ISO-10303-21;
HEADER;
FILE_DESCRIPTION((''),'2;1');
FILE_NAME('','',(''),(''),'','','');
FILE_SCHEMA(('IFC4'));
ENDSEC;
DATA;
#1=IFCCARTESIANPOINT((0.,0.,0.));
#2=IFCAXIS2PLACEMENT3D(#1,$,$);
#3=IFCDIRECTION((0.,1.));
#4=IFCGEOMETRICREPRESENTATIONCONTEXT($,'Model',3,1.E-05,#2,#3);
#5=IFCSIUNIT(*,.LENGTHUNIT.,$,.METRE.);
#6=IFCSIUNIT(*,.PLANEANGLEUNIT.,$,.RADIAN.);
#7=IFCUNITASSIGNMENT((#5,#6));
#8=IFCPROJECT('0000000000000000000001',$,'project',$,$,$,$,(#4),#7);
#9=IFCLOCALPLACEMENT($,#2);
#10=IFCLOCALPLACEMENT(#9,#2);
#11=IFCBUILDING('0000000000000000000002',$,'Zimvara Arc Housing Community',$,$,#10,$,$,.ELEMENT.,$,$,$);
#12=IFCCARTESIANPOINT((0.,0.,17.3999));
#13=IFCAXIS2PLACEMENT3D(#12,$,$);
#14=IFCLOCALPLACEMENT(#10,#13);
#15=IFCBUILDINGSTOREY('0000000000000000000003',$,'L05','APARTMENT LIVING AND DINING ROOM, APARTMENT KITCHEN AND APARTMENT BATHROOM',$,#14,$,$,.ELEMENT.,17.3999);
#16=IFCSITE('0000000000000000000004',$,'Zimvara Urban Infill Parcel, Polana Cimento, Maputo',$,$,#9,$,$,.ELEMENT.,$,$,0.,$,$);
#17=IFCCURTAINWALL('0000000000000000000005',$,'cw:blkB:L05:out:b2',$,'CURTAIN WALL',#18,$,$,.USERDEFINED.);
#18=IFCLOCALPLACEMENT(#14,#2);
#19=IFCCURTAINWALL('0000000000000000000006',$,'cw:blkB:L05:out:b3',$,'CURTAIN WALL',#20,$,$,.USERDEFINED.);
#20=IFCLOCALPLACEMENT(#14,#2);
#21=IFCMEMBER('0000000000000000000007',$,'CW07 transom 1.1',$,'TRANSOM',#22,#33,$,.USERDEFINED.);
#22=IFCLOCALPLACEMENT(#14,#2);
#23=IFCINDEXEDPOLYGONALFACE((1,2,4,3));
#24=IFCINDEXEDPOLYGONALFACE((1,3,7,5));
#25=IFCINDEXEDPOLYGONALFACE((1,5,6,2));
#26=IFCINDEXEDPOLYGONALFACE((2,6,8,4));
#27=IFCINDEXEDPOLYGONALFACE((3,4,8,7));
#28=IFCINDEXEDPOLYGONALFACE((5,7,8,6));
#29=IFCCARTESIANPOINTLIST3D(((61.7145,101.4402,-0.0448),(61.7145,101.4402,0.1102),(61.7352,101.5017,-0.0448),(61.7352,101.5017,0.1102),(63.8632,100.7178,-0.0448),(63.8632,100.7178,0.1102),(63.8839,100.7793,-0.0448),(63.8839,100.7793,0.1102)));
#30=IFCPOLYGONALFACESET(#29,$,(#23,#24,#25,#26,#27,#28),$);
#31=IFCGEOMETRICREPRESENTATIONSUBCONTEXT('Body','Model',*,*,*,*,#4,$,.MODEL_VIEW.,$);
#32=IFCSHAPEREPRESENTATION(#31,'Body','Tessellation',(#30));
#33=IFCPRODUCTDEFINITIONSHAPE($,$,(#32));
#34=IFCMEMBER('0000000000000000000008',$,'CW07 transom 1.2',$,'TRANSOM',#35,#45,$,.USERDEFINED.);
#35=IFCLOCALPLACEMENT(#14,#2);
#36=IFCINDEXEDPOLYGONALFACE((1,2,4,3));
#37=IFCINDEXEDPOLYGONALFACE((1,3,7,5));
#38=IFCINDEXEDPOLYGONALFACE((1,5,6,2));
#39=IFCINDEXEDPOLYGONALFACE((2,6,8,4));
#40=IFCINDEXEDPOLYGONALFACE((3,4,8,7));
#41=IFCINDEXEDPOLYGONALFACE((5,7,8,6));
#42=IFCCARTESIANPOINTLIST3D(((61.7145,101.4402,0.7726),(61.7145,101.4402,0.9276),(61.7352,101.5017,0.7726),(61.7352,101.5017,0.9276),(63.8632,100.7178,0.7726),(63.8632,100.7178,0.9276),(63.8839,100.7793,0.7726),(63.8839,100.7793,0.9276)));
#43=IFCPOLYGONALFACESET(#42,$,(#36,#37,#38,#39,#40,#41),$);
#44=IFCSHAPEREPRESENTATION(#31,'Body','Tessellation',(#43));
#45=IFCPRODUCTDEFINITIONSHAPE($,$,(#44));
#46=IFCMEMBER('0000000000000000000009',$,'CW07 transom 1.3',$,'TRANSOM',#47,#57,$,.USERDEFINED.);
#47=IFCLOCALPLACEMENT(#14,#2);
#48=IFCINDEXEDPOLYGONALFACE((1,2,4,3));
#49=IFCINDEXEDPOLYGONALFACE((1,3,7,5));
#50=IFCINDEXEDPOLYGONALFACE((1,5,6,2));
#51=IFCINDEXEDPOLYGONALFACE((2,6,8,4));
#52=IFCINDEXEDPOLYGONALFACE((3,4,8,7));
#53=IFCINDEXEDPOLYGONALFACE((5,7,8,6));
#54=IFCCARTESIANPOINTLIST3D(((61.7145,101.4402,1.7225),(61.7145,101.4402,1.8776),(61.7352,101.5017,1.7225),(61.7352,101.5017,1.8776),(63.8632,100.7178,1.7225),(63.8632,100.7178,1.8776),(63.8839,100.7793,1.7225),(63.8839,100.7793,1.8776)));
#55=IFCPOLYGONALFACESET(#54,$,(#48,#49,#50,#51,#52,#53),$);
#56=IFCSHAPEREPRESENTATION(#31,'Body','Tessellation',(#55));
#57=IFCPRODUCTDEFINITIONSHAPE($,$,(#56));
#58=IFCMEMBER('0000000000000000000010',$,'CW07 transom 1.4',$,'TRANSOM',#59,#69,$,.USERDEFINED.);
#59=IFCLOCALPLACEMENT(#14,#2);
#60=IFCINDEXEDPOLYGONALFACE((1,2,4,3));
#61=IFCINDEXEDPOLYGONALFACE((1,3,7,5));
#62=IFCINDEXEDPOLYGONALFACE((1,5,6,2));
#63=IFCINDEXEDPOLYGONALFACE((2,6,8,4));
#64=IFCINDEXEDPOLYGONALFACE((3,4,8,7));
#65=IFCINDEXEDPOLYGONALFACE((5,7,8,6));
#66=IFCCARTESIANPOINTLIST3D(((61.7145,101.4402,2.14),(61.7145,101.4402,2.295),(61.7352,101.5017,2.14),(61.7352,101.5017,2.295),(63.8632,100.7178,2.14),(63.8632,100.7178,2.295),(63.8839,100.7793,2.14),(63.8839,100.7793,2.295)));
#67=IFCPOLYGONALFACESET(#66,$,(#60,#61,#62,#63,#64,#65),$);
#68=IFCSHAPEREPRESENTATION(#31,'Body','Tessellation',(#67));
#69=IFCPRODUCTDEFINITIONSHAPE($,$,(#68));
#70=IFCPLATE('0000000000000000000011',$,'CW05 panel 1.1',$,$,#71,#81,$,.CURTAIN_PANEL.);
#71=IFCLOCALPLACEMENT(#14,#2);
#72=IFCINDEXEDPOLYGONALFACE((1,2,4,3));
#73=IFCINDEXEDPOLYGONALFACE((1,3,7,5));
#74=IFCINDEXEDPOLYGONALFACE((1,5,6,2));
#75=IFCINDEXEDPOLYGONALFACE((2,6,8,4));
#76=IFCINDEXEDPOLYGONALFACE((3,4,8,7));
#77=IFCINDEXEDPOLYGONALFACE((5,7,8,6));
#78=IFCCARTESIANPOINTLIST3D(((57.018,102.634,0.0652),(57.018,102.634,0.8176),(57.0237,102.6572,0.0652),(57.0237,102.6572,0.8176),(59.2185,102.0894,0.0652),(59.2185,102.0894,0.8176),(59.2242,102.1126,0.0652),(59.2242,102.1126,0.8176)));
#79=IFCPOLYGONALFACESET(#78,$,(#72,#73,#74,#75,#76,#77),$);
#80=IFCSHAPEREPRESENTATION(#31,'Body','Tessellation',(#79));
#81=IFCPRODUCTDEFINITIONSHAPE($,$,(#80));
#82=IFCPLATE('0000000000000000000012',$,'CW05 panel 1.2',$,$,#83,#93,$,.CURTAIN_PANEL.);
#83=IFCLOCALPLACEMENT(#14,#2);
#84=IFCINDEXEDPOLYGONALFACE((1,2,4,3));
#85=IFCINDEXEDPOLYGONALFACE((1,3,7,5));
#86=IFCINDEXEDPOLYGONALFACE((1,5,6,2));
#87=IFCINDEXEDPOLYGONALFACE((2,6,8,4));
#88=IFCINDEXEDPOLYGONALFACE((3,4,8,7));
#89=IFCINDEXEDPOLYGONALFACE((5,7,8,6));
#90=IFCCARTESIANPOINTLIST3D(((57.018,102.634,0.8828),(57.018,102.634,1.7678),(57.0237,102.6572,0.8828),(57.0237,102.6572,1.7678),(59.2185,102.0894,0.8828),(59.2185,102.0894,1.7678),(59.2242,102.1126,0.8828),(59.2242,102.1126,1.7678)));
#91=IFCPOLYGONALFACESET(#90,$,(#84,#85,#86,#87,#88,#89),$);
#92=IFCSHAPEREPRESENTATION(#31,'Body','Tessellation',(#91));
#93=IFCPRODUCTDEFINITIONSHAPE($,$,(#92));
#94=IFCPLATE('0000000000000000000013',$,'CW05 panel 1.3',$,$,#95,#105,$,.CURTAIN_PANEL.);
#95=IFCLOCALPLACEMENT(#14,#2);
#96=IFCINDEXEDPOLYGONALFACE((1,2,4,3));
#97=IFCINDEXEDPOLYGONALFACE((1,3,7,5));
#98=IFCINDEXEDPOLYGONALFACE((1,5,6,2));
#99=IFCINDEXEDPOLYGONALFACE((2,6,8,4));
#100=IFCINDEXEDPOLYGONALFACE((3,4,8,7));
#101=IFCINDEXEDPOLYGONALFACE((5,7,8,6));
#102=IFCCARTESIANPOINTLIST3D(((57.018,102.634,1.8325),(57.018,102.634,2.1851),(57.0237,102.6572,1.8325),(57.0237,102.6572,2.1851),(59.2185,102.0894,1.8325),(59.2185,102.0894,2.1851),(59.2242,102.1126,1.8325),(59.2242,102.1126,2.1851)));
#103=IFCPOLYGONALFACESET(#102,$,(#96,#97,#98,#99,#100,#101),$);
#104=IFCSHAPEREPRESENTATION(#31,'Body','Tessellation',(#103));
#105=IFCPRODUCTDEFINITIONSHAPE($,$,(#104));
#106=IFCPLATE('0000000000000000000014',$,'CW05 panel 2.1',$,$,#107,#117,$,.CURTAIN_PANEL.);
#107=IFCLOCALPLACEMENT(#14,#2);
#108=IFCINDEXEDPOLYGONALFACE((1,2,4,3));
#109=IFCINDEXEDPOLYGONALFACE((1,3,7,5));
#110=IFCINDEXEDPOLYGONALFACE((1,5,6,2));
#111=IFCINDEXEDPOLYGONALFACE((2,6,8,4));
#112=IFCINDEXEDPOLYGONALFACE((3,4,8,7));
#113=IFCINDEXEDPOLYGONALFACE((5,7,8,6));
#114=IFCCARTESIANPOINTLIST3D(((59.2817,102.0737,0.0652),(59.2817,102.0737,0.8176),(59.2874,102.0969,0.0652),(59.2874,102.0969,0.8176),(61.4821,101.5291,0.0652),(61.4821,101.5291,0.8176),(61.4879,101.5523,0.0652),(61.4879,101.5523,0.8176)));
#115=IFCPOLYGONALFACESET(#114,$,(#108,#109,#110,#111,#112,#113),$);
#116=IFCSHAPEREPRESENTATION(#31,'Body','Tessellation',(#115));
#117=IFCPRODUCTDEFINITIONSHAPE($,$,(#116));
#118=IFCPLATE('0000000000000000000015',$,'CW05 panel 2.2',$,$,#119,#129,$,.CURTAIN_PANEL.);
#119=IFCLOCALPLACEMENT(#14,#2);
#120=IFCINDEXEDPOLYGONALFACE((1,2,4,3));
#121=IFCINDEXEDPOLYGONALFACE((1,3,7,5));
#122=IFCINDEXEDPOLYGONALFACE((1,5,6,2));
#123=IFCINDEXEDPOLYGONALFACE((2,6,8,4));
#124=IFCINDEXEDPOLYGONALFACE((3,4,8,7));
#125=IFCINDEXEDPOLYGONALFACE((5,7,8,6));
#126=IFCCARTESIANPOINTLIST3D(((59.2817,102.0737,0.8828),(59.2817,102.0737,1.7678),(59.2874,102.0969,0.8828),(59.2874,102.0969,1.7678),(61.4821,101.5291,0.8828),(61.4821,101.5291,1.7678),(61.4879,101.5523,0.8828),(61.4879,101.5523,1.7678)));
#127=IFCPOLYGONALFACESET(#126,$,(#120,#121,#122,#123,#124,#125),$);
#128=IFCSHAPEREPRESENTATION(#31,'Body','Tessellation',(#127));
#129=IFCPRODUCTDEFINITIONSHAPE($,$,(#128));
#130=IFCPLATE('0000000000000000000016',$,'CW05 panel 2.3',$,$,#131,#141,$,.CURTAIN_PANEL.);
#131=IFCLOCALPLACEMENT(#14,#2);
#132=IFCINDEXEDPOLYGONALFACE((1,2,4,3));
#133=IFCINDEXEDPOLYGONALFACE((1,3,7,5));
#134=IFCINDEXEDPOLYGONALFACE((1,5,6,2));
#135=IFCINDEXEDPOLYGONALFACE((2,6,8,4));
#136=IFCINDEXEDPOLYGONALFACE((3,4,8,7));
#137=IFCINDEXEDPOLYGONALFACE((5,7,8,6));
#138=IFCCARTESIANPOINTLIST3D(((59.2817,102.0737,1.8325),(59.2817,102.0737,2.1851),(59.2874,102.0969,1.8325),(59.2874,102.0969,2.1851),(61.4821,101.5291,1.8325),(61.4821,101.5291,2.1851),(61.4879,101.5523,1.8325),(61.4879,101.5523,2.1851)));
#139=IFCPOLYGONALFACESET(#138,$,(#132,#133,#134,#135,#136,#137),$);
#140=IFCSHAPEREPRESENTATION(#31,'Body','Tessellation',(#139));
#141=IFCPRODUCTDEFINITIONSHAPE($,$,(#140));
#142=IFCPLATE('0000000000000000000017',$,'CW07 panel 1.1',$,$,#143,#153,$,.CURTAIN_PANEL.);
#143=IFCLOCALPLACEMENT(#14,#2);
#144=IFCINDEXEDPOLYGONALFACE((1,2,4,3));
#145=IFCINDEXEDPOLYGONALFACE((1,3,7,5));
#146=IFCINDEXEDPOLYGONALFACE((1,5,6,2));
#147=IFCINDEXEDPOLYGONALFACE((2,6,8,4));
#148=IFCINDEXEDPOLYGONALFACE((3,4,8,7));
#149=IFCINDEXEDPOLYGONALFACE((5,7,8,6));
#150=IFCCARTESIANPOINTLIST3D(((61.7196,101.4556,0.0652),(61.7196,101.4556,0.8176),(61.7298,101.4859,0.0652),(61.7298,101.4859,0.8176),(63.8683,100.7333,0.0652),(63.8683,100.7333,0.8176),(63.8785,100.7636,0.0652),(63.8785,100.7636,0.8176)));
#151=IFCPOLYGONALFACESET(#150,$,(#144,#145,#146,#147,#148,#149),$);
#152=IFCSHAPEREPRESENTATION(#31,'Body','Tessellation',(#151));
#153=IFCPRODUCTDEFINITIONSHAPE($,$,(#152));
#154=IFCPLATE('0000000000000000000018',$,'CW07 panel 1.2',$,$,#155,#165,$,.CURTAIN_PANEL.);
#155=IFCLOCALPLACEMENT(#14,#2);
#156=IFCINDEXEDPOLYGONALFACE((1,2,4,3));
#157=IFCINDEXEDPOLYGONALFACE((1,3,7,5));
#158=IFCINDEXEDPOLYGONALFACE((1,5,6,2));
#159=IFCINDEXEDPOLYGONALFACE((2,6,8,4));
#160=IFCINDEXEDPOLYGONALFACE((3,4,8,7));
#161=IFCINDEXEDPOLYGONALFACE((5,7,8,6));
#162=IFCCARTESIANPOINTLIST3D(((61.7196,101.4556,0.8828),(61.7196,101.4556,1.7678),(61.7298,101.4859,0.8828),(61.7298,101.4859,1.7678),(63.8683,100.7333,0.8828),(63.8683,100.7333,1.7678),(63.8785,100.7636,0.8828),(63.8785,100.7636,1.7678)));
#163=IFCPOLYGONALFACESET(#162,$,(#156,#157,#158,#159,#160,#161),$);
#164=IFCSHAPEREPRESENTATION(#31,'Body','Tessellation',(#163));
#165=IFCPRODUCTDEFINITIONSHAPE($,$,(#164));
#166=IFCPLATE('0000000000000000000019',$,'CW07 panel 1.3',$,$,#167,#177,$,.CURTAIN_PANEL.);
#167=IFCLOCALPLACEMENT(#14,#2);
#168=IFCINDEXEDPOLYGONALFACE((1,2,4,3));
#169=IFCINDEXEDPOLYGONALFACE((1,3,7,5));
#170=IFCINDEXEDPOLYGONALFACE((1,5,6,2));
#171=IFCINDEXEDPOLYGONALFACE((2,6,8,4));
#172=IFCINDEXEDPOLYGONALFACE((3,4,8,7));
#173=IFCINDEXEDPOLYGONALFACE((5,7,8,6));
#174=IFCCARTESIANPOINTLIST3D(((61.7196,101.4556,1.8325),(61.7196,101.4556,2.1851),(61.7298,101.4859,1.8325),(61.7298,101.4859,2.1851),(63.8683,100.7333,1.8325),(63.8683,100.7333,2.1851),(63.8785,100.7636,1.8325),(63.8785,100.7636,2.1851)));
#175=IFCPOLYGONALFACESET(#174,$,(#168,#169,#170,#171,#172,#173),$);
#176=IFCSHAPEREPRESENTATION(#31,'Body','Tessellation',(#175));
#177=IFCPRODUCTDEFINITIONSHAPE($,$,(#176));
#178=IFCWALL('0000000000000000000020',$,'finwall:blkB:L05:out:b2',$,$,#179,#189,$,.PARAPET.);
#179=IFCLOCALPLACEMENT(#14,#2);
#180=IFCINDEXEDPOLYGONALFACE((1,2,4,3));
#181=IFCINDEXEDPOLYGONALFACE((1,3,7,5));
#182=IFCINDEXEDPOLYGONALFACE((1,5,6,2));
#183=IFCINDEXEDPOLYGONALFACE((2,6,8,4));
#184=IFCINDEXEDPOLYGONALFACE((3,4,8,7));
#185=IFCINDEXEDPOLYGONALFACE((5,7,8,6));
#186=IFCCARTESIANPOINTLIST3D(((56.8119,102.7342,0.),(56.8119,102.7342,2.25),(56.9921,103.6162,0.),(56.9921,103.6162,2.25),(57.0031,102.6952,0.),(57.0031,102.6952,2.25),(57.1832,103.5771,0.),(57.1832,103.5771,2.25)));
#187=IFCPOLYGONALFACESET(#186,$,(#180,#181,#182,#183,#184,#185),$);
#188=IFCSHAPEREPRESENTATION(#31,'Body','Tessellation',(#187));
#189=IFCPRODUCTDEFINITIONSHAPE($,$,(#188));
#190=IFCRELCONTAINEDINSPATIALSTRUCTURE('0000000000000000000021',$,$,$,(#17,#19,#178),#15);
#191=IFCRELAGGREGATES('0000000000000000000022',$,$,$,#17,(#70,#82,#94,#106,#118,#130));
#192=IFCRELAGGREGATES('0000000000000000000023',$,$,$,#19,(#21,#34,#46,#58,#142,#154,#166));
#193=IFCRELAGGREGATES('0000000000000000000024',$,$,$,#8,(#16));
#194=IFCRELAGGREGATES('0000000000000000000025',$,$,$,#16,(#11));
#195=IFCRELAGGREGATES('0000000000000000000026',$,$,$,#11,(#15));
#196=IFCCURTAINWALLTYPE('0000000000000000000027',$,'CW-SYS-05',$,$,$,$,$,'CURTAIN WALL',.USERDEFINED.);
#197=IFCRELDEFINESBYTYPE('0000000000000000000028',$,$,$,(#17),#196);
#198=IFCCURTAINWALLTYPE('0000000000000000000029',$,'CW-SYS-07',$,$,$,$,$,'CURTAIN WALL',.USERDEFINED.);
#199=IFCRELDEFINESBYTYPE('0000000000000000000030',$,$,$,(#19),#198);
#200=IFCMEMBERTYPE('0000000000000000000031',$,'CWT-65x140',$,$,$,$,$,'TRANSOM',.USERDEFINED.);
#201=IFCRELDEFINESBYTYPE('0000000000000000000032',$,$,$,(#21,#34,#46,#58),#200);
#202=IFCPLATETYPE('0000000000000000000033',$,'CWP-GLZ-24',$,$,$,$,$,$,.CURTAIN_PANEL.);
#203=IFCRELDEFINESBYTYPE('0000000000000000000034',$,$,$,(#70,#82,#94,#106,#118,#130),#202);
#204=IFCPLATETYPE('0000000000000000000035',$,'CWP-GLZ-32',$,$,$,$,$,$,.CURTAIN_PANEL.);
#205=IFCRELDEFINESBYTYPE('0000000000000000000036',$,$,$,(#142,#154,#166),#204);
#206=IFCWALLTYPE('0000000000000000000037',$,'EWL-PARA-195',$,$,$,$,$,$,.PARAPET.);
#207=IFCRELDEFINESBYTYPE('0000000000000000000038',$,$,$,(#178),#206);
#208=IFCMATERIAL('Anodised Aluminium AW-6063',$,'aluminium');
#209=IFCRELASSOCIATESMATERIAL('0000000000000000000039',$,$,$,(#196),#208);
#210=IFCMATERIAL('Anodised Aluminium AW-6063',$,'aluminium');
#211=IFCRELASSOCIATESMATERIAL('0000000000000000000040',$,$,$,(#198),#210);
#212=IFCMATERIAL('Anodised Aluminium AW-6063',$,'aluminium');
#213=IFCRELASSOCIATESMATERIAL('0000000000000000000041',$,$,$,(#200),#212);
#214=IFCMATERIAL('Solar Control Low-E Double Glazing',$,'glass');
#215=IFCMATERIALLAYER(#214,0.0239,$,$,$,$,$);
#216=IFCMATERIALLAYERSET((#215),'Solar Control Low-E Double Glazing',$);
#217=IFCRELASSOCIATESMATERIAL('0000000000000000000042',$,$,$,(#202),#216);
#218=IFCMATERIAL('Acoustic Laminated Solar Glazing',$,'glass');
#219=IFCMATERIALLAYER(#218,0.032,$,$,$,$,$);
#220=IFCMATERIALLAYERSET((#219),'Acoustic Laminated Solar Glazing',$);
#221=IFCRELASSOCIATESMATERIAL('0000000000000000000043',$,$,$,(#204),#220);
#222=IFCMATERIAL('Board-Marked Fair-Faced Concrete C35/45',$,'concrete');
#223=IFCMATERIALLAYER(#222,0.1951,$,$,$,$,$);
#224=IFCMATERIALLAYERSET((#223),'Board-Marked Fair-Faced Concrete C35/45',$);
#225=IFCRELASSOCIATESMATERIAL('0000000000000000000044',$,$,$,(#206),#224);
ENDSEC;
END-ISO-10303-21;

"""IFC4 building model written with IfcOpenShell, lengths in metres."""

from ifc_helpers import new_model, si_unit, direction, frame, frame_2d, origin, origin_2d, place, context, subcontext, project, spatial, rectangle, extrude, material, layer, layer_set, material_profile, profile_set, type_object, element, aggregate, save


model = new_model("IFC4")

# Units and contexts
model_context = context("Model", 3, precision=1e-05, world=origin(), true_north=direction((0.0, 1.0)))
body_context = subcontext(model_context, "Body", "Model", "MODEL_VIEW")
ifc_project = project(units=[si_unit("LENGTHUNIT", "METRE"), si_unit("PLANEANGLEUNIT", "RADIAN")], contexts=[model_context])

# Site, building, storey
site_placement = place(None, origin())
site = spatial("IfcSite", under=ifc_project, at=site_placement, Name="Zimvara Urban Infill Parcel, Polana Cimento, Maputo", CompositionType="ELEMENT", RefElevation=0.0)
building_placement = place(site_placement, origin())
building = spatial("IfcBuilding", under=site, at=building_placement, Name="Zimvara Arc Housing Community", CompositionType="ELEMENT")
storey_placement = place(building_placement, frame((0.0, 0.0, 17.3999)))
storey = spatial("IfcBuildingStorey", under=building, at=storey_placement, Name="L05", Description="APARTMENT LIVING AND DINING ROOM, APARTMENT KITCHEN AND APARTMENT BATHROOM", CompositionType="ELEMENT", Elevation=17.3999)

# Curtain wall
ifc_material_1 = material(Name="Anodised Aluminium AW-6063", Category="aluminium")
curtain_wall_type_1 = type_object("IfcCurtainWallType", Name="CW-SYS-05", ElementType="CURTAIN WALL", PredefinedType="USERDEFINED", material=ifc_material_1)
curtain_wall_1_placement = place(storey_placement, origin())
curtain_wall_1 = element("IfcCurtainWall", 1, at=curtain_wall_1_placement, inside=storey, type_object=curtain_wall_type_1, Name="cw:blkB:L05:out:b2", ObjectType="CURTAIN WALL", PredefinedType="USERDEFINED")

# Curtain wall
ifc_material_2 = material(Name="Anodised Aluminium AW-6063", Category="aluminium")
curtain_wall_type_2 = type_object("IfcCurtainWallType", Name="CW-SYS-07", ElementType="CURTAIN WALL", PredefinedType="USERDEFINED", material=ifc_material_2)
curtain_wall_2_placement = place(storey_placement, origin())
curtain_wall_2 = element("IfcCurtainWall", 2, at=curtain_wall_2_placement, inside=storey, type_object=curtain_wall_type_2, Name="cw:blkB:L05:out:b3", ObjectType="CURTAIN WALL", PredefinedType="USERDEFINED")

# Members
ifc_material_3 = material(Name="Anodised Aluminium AW-6063", Category="aluminium")
ifc_material_profile_1 = material_profile(ifc_material_3, rectangle(XDim=0.0649, YDim=0.155, at=origin_2d()), Name="ALU 65x155")
ifc_profile_set_1 = profile_set([ifc_material_profile_1], Name="Anodised Aluminium AW-6063")
member_type_1 = type_object("IfcMemberType", Name="CWT-65x140", ElementType="TRANSOM", PredefinedType="USERDEFINED", material=ifc_profile_set_1)
member_1_placement = place(storey_placement, frame((61.7249, 101.4709, 0.0327), z_axis=(0.947862, -0.318682, 0.0), x_axis=(0.318682, 0.947862, 0.0)))
member_1 = element("IfcMember", 3, at=member_1_placement, type_object=member_type_1, Name="CW07 transom 1.1", ObjectType="TRANSOM", PredefinedType="USERDEFINED", context=body_context, shape_type="SweptSolid", body=[
    extrude(rectangle(XDim=0.0649, YDim=0.155, at=origin_2d()), origin(), (0.0, 0.0, 1.0), 2.2668),
])
member_2_placement = place(storey_placement, frame((61.7249, 101.4709, 0.8501), z_axis=(0.947862, -0.318682, 0.0), x_axis=(0.318682, 0.947862, 0.0)))
member_2 = element("IfcMember", 4, at=member_2_placement, type_object=member_type_1, Name="CW07 transom 1.2", ObjectType="TRANSOM", PredefinedType="USERDEFINED", context=body_context, shape_type="SweptSolid", body=[
    extrude(rectangle(XDim=0.0649, YDim=0.155, at=origin_2d()), origin(), (0.0, 0.0, 1.0), 2.2668),
])
member_3_placement = place(storey_placement, frame((61.7249, 101.4709, 1.8), z_axis=(0.947862, -0.318682, 0.0), x_axis=(0.318682, 0.947862, 0.0)))
member_3 = element("IfcMember", 5, at=member_3_placement, type_object=member_type_1, Name="CW07 transom 1.3", ObjectType="TRANSOM", PredefinedType="USERDEFINED", context=body_context, shape_type="SweptSolid", body=[
    extrude(rectangle(XDim=0.0649, YDim=0.155, at=origin_2d()), origin(), (0.0, 0.0, 1.0), 2.2668),
])
member_4_placement = place(storey_placement, frame((61.7249, 101.4709, 2.2175), z_axis=(0.947862, -0.318682, 0.0), x_axis=(0.318682, 0.947862, 0.0)))
member_4 = element("IfcMember", 6, at=member_4_placement, type_object=member_type_1, Name="CW07 transom 1.4", ObjectType="TRANSOM", PredefinedType="USERDEFINED", context=body_context, shape_type="SweptSolid", body=[
    extrude(rectangle(XDim=0.0649, YDim=0.155, at=origin_2d()), origin(), (0.0, 0.0, 1.0), 2.2668),
])

# Plates
ifc_material_4 = material(Name="Solar Control Low-E Double Glazing", Category="glass")
ifc_layer_1 = layer(ifc_material_4, 0.0239)
ifc_layer_set_1 = layer_set([ifc_layer_1], Name="Solar Control Low-E Double Glazing")
plate_type_1 = type_object("IfcPlateType", Name="CWP-GLZ-24", PredefinedType="CURTAIN_PANEL", material=ifc_layer_set_1)
plate_1_placement = place(storey_placement, frame((58.1211, 102.3733, 0.0652), z_axis=(0.0, 0.0, 1.0), x_axis=(0.970716, -0.24023, 0.0)))
plate_1 = element("IfcPlate", 7, at=plate_1_placement, type_object=plate_type_1, Name="CW05 panel 1.1", PredefinedType="CURTAIN_PANEL", context=body_context, shape_type="SweptSolid", body=[
    extrude(rectangle(XDim=2.2668, YDim=0.0239, at=origin_2d()), origin(), (0.0, 0.0, 1.0), 0.7524),
])
plate_2_placement = place(storey_placement, frame((58.1211, 102.3733, 0.8828), z_axis=(0.0, 0.0, 1.0), x_axis=(0.970716, -0.24023, 0.0)))
plate_2 = element("IfcPlate", 8, at=plate_2_placement, type_object=plate_type_1, Name="CW05 panel 1.2", PredefinedType="CURTAIN_PANEL", context=body_context, shape_type="SweptSolid", body=[
    extrude(rectangle(XDim=2.2668, YDim=0.0239, at=origin_2d()), origin(), (0.0, 0.0, 1.0), 0.885),
])
plate_3_placement = place(storey_placement, frame((58.1211, 102.3733, 1.8325), z_axis=(0.0, 0.0, 1.0), x_axis=(0.970716, -0.24023, 0.0)))
plate_3 = element("IfcPlate", 9, at=plate_3_placement, type_object=plate_type_1, Name="CW05 panel 1.3", PredefinedType="CURTAIN_PANEL", context=body_context, shape_type="SweptSolid", body=[
    extrude(rectangle(XDim=2.2668, YDim=0.0239, at=origin_2d()), origin(), (0.0, 0.0, 1.0), 0.3525),
])
plate_4_placement = place(storey_placement, frame((60.3848, 101.813, 0.0652), z_axis=(0.0, 0.0, 1.0), x_axis=(0.970716, -0.24023, 0.0)))
plate_4 = element("IfcPlate", 10, at=plate_4_placement, type_object=plate_type_1, Name="CW05 panel 2.1", PredefinedType="CURTAIN_PANEL", context=body_context, shape_type="SweptSolid", body=[
    extrude(rectangle(XDim=2.2668, YDim=0.0239, at=origin_2d()), origin(), (0.0, 0.0, 1.0), 0.7524),
])
plate_5_placement = place(storey_placement, frame((60.3848, 101.813, 0.8828), z_axis=(0.0, 0.0, 1.0), x_axis=(0.970716, -0.24023, 0.0)))
plate_5 = element("IfcPlate", 11, at=plate_5_placement, type_object=plate_type_1, Name="CW05 panel 2.2", PredefinedType="CURTAIN_PANEL", context=body_context, shape_type="SweptSolid", body=[
    extrude(rectangle(XDim=2.2668, YDim=0.0239, at=origin_2d()), origin(), (0.0, 0.0, 1.0), 0.885),
])
plate_6_placement = place(storey_placement, frame((60.3848, 101.813, 1.8325), z_axis=(0.0, 0.0, 1.0), x_axis=(0.970716, -0.24023, 0.0)))
plate_6 = element("IfcPlate", 12, at=plate_6_placement, type_object=plate_type_1, Name="CW05 panel 2.3", PredefinedType="CURTAIN_PANEL", context=body_context, shape_type="SweptSolid", body=[
    extrude(rectangle(XDim=2.2668, YDim=0.0239, at=origin_2d()), origin(), (0.0, 0.0, 1.0), 0.3525),
])
aggregate(curtain_wall_1, [plate_1, plate_2, plate_3, plate_4, plate_5, plate_6])
ifc_material_5 = material(Name="Acoustic Laminated Solar Glazing", Category="glass")
ifc_layer_2 = layer(ifc_material_5, 0.032)
ifc_layer_set_2 = layer_set([ifc_layer_2], Name="Acoustic Laminated Solar Glazing")
plate_type_2 = type_object("IfcPlateType", Name="CWP-GLZ-32", PredefinedType="CURTAIN_PANEL", material=ifc_layer_set_2)
plate_7_placement = place(storey_placement, frame((62.7991, 101.1096, 0.0652), z_axis=(0.0, 0.0, 1.0), x_axis=(0.94788, -0.318629, 0.0)))
plate_7 = element("IfcPlate", 13, at=plate_7_placement, type_object=plate_type_2, Name="CW07 panel 1.1", PredefinedType="CURTAIN_PANEL", context=body_context, shape_type="SweptSolid", body=[
    extrude(rectangle(XDim=2.2668, YDim=0.032, at=origin_2d()), origin(), (0.0, 0.0, 1.0), 0.7524),
])
plate_8_placement = place(storey_placement, frame((62.7991, 101.1096, 0.8828), z_axis=(0.0, 0.0, 1.0), x_axis=(0.94788, -0.318629, 0.0)))
plate_8 = element("IfcPlate", 14, at=plate_8_placement, type_object=plate_type_2, Name="CW07 panel 1.2", PredefinedType="CURTAIN_PANEL", context=body_context, shape_type="SweptSolid", body=[
    extrude(rectangle(XDim=2.2668, YDim=0.032, at=origin_2d()), origin(), (0.0, 0.0, 1.0), 0.885),
])
plate_9_placement = place(storey_placement, frame((62.7991, 101.1096, 1.8325), z_axis=(0.0, 0.0, 1.0), x_axis=(0.94788, -0.318629, 0.0)))
plate_9 = element("IfcPlate", 15, at=plate_9_placement, type_object=plate_type_2, Name="CW07 panel 1.3", PredefinedType="CURTAIN_PANEL", context=body_context, shape_type="SweptSolid", body=[
    extrude(rectangle(XDim=2.2668, YDim=0.032, at=origin_2d()), origin(), (0.0, 0.0, 1.0), 0.3525),
])
aggregate(curtain_wall_2, [member_1, member_2, member_3, member_4, plate_7, plate_8, plate_9])

# Wall
ifc_material_6 = material(Name="Board-Marked Fair-Faced Concrete C35/45", Category="concrete")
ifc_layer_3 = layer(ifc_material_6, 0.1951)
ifc_layer_set_3 = layer_set([ifc_layer_3], Name="Board-Marked Fair-Faced Concrete C35/45")
wall_type_1 = type_object("IfcWallType", Name="EWL-PARA-195", PredefinedType="PARAPET", material=ifc_layer_set_3)
wall_1_placement = place(storey_placement, frame((56.9075, 102.7146, 0.0), z_axis=(0.0, 0.0, 1.0), x_axis=(0.200183, 0.979758, 0.0)))
element("IfcWall", 16, at=wall_1_placement, inside=storey, type_object=wall_type_1, Name="finwall:blkB:L05:out:b2", PredefinedType="PARAPET", context=body_context, shape_type="SweptSolid", body=[
    extrude(rectangle(XDim=0.9001, YDim=0.1951, at=frame_2d((0.4502, 0.0))), origin(), (0.0, 0.0, 1.0), 2.25),
])

save(model, "model.ifc")
